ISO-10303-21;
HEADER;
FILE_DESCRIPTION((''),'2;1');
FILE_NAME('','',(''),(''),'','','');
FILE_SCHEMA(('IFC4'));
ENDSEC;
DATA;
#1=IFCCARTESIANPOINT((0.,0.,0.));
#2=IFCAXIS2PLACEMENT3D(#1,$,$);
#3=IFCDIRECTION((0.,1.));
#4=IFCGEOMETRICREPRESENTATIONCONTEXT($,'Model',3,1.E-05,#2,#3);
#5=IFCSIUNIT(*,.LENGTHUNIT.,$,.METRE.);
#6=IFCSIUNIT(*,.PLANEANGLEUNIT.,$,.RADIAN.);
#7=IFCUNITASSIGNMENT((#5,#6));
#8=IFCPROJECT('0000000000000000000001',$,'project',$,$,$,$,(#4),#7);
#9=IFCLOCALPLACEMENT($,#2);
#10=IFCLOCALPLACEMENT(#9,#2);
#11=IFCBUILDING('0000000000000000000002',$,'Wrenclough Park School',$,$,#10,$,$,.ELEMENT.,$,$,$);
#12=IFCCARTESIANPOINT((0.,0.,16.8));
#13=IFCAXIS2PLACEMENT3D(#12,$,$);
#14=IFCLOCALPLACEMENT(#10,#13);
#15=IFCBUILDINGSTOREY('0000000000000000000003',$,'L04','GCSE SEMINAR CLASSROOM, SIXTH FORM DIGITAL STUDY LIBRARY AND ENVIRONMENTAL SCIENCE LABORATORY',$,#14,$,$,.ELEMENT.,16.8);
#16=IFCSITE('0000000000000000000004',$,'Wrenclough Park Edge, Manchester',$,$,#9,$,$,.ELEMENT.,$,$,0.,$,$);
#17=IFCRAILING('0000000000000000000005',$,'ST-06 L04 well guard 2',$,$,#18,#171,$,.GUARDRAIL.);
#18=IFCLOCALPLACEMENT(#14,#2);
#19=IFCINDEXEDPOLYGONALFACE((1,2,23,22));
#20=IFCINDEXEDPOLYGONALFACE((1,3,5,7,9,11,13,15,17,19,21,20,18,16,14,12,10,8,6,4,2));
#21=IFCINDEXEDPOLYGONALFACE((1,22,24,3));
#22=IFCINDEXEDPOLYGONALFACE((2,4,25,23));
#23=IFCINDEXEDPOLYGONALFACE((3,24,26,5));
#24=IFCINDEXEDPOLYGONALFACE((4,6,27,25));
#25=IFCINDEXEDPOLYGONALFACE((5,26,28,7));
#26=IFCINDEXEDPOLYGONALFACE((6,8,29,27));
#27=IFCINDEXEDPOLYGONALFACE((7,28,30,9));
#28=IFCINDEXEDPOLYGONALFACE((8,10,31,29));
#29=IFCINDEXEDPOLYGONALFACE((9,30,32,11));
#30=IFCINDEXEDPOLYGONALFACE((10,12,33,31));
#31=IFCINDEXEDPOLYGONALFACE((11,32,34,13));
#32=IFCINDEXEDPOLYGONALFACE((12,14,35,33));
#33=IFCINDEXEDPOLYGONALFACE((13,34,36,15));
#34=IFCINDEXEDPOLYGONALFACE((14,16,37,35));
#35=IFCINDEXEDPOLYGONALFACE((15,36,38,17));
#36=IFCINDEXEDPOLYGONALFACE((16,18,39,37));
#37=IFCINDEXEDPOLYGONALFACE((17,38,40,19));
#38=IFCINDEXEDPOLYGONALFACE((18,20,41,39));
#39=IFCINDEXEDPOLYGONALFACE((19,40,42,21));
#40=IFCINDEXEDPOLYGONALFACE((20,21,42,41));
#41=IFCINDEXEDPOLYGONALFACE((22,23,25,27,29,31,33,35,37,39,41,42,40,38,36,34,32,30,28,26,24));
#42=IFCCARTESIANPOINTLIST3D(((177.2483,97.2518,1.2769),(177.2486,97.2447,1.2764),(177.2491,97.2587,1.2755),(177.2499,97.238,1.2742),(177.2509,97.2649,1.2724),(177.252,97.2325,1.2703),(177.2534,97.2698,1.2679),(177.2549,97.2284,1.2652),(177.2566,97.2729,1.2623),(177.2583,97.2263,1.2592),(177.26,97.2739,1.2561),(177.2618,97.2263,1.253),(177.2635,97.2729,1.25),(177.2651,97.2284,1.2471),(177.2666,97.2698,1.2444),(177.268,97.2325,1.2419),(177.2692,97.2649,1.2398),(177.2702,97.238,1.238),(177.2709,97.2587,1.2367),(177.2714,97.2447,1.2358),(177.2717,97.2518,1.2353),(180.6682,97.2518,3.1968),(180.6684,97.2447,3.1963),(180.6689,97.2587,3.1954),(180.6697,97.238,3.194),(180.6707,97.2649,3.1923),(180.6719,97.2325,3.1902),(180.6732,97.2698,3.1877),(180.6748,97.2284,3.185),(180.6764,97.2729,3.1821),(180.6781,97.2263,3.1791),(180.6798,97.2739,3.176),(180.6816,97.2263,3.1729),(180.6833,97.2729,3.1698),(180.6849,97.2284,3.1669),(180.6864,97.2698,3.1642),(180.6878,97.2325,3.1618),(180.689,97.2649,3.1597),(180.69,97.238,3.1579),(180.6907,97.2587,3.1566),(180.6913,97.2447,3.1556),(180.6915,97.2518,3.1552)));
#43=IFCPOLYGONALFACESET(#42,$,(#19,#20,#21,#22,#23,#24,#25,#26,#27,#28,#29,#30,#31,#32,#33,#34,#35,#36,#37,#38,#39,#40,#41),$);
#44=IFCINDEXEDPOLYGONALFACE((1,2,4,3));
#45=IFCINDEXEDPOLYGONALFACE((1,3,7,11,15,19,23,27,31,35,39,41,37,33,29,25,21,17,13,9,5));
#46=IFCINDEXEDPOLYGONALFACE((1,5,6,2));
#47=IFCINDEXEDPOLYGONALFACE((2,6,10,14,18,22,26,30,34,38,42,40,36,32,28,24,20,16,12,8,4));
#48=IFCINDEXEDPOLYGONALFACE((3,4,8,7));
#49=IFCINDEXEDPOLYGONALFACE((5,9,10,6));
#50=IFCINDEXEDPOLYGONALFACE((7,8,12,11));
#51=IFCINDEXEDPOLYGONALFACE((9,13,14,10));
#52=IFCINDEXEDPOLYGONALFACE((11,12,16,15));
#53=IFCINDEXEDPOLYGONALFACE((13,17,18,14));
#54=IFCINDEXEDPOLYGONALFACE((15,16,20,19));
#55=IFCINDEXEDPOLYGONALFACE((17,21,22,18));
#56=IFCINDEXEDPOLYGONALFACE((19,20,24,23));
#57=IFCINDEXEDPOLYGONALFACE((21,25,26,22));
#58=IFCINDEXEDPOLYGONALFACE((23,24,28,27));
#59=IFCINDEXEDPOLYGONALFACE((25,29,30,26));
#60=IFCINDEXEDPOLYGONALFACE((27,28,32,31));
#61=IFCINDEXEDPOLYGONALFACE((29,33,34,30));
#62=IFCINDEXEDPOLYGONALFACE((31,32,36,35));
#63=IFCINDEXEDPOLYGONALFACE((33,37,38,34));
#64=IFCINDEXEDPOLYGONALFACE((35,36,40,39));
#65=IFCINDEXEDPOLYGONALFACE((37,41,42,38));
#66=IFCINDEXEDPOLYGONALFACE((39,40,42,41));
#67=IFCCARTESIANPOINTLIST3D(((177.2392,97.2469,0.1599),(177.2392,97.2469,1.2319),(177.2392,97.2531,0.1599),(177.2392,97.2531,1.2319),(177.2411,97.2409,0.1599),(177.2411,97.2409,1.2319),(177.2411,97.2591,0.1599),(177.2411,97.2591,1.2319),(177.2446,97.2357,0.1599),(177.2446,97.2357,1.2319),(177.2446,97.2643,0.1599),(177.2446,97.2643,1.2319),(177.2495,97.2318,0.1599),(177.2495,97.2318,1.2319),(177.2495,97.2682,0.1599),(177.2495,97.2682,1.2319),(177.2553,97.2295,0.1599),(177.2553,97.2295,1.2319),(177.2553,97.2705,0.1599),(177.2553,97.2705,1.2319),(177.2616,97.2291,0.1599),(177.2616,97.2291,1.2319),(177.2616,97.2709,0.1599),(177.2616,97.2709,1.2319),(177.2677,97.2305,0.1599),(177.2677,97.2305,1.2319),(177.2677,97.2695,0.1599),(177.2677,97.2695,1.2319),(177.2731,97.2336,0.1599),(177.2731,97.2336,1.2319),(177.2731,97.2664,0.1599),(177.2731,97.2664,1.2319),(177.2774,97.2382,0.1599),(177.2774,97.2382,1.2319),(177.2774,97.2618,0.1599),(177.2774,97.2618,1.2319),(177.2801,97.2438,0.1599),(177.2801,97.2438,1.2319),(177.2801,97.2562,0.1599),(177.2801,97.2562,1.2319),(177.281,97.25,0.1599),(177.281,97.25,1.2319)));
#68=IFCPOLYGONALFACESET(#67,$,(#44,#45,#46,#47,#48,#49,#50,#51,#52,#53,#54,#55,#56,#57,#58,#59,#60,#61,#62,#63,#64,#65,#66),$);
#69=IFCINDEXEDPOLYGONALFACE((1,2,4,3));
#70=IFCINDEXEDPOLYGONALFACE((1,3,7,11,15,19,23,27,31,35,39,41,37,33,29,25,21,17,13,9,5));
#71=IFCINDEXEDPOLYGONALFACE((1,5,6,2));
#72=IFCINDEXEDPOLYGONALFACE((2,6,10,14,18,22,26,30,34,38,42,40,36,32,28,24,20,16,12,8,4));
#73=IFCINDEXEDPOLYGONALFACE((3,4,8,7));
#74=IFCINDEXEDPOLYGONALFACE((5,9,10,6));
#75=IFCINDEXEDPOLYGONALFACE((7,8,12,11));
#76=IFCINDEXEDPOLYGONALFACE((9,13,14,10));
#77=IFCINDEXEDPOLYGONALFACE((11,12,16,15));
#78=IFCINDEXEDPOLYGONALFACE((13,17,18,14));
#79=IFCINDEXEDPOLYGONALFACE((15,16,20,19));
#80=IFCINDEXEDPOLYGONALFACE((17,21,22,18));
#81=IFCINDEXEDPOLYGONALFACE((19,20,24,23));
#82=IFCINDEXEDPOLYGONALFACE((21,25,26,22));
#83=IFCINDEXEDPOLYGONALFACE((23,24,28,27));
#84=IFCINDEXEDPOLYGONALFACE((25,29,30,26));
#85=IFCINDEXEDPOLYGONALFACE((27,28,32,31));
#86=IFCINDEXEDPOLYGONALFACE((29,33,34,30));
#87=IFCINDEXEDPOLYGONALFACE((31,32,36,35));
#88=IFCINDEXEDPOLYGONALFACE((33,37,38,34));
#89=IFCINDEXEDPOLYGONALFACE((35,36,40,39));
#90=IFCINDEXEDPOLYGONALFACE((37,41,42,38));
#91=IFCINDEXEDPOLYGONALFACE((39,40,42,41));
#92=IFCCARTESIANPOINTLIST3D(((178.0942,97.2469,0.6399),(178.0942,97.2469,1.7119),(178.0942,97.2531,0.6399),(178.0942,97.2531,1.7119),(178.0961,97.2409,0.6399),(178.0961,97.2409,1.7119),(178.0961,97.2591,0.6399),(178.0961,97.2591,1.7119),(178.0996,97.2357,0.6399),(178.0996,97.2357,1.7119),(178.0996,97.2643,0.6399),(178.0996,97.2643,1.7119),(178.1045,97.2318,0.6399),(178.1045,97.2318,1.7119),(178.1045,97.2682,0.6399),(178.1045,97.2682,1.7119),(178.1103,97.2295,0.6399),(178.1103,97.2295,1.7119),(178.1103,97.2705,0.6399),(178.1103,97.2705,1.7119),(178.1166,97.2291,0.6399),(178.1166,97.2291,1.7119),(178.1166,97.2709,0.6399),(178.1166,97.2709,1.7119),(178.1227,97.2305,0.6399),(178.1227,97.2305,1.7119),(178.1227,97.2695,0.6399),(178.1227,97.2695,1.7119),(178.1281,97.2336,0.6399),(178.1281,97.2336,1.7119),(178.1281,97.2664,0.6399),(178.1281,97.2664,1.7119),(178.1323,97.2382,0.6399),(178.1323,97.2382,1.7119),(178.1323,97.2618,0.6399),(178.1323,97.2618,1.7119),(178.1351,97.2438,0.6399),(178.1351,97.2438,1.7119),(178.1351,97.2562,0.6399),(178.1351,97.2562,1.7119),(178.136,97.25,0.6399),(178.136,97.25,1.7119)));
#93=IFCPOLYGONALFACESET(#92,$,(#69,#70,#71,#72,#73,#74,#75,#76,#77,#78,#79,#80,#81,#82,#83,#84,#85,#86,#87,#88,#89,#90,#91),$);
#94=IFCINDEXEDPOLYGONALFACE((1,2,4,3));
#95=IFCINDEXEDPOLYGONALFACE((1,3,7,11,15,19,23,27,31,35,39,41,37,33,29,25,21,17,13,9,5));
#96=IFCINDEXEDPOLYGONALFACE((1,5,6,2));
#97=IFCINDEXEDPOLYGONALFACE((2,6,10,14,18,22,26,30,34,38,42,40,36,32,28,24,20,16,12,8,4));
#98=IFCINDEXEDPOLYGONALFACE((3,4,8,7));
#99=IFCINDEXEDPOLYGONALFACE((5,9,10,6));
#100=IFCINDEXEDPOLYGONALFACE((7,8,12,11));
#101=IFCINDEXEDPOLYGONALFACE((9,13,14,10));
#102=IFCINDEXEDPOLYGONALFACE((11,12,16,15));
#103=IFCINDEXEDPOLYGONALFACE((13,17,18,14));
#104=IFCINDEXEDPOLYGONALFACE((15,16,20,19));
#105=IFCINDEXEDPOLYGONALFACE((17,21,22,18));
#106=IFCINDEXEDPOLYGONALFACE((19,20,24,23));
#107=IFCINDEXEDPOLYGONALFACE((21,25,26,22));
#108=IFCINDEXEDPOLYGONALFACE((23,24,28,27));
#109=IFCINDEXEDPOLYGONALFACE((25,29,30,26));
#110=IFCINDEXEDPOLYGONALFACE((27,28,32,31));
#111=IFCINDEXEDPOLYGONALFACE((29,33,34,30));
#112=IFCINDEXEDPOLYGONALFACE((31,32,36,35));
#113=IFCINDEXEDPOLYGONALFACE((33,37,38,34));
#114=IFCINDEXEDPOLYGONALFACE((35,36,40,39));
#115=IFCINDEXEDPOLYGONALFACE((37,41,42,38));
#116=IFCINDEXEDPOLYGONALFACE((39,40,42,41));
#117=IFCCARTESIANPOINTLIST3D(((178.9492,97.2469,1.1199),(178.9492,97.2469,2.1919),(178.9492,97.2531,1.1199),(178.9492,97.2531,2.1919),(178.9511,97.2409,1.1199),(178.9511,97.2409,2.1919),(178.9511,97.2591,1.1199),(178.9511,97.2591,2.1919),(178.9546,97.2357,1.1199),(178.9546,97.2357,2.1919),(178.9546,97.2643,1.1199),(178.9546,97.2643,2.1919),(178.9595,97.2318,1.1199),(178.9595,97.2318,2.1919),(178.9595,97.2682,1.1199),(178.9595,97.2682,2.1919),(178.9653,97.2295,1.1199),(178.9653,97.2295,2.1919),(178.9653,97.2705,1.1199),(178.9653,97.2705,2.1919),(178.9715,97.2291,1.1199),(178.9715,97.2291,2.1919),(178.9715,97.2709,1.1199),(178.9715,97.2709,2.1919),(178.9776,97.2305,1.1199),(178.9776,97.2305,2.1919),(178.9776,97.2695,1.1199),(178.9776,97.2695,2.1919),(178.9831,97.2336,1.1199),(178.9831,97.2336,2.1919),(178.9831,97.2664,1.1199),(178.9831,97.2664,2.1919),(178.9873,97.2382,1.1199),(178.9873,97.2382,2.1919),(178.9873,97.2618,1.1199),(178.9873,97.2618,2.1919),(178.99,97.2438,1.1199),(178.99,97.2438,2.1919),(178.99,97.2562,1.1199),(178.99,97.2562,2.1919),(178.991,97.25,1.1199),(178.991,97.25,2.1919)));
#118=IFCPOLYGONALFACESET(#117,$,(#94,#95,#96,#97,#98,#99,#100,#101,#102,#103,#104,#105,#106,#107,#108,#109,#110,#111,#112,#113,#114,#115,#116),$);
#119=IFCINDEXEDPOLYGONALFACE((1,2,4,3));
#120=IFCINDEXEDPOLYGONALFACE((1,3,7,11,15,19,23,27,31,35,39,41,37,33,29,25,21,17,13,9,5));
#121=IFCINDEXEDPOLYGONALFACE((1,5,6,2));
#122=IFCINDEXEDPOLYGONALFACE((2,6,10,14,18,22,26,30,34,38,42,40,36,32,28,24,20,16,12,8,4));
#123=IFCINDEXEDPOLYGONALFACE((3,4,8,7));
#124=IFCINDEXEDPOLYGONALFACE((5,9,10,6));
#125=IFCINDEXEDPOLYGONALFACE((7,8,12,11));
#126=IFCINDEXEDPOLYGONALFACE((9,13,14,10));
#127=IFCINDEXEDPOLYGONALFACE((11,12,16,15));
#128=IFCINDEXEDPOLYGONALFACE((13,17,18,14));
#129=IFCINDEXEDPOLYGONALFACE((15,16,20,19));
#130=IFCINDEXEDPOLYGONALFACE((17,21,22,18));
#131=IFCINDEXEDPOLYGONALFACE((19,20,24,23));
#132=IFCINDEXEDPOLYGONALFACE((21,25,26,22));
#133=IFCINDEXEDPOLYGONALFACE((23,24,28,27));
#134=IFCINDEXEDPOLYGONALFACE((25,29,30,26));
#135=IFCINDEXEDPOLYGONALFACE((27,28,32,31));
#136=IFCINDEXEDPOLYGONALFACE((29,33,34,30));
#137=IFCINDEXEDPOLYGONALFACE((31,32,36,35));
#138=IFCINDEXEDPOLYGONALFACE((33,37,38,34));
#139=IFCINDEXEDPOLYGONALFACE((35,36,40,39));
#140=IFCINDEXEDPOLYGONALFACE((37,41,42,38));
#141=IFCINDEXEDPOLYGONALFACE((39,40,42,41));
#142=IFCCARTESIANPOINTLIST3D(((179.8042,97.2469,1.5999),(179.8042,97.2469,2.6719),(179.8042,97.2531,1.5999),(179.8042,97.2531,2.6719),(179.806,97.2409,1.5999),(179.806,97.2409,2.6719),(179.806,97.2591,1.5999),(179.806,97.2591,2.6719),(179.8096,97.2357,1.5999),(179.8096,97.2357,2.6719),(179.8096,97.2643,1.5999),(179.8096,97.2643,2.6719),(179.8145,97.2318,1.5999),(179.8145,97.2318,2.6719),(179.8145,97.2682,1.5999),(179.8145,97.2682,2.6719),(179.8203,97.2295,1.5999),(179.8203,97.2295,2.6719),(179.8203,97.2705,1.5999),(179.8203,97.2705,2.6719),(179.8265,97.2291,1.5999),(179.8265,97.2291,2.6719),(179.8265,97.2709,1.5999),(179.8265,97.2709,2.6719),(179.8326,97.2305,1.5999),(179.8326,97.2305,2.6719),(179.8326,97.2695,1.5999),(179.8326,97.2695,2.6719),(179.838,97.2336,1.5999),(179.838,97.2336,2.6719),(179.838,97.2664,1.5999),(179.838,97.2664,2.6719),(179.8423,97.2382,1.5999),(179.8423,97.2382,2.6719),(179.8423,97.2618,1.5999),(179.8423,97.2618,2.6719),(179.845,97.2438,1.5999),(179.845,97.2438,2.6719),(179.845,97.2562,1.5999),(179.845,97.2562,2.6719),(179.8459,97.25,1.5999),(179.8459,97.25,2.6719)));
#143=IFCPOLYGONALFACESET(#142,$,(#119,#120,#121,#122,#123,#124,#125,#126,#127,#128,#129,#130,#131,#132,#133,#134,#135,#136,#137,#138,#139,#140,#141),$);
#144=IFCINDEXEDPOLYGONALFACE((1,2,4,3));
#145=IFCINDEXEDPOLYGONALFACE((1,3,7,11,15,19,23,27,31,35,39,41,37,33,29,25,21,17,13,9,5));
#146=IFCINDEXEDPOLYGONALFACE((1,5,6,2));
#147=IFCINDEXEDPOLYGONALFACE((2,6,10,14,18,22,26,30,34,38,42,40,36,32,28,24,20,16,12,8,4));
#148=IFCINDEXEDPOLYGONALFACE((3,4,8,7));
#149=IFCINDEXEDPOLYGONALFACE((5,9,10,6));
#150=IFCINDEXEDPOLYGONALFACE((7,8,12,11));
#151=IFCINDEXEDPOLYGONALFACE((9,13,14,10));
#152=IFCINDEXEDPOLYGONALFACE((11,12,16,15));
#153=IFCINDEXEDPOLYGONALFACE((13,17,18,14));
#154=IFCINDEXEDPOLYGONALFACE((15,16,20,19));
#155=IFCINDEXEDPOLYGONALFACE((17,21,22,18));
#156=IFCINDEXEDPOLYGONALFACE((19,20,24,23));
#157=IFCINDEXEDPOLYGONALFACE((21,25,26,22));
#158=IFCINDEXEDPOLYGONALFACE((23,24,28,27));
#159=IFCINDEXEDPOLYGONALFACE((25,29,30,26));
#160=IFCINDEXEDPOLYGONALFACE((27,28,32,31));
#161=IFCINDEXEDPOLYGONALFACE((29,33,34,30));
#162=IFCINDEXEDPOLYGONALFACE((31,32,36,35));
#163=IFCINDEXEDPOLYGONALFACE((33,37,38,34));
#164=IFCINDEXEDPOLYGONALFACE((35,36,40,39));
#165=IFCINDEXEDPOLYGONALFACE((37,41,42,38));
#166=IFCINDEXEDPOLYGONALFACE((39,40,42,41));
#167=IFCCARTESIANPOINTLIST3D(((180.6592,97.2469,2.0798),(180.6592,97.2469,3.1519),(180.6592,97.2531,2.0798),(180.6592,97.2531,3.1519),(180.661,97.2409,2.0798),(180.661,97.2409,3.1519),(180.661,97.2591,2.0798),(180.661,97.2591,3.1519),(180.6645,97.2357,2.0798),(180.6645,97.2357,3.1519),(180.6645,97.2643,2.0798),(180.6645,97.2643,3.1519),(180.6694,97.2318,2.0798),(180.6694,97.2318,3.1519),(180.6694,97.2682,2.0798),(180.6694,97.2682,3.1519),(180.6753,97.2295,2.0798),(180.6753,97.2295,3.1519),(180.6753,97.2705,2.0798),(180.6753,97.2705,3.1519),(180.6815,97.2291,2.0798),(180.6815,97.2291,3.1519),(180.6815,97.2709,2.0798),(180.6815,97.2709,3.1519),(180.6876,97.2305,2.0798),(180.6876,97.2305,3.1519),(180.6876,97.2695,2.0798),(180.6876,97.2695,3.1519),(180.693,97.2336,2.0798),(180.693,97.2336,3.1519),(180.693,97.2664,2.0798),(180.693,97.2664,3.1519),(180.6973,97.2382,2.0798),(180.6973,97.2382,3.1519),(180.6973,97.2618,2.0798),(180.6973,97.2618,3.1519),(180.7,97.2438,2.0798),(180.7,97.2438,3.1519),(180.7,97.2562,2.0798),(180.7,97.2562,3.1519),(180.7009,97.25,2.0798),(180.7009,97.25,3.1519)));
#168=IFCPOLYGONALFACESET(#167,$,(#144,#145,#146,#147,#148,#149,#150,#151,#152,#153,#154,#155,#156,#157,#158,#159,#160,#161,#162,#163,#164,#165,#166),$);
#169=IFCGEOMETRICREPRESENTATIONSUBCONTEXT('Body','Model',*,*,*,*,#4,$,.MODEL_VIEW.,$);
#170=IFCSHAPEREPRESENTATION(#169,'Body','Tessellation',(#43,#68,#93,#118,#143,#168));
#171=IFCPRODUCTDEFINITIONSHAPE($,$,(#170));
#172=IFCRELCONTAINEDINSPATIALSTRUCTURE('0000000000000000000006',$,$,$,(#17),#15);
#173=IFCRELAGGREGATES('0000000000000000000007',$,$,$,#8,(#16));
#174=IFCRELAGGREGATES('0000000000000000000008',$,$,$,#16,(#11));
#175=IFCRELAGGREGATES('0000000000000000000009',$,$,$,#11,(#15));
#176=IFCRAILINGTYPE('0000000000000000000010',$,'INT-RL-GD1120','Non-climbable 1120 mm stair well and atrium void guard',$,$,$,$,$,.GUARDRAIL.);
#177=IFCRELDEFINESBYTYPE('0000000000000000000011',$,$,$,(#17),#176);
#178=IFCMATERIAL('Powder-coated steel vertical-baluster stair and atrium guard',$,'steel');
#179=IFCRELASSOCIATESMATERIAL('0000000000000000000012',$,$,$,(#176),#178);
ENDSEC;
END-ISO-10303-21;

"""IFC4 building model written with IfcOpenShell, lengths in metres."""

from ifc_helpers import new_model, si_unit, direction, frame, origin, origin_2d, place, context, subcontext, project, spatial, circle, extrude, material, type_object, element, save


model = new_model("IFC4")

# Units and contexts
model_context = context("Model", 3, precision=1e-05, world=origin(), true_north=direction((0.0, 1.0)))
body_context = subcontext(model_context, "Body", "Model", "MODEL_VIEW")
ifc_project = project(units=[si_unit("LENGTHUNIT", "METRE"), si_unit("PLANEANGLEUNIT", "RADIAN")], contexts=[model_context])

# Site, building, storey
site_placement = place(None, origin())
site = spatial("IfcSite", under=ifc_project, at=site_placement, Name="Wrenclough Park Edge, Manchester", CompositionType="ELEMENT", RefElevation=0.0)
building_placement = place(site_placement, origin())
building = spatial("IfcBuilding", under=site, at=building_placement, Name="Wrenclough Park School", CompositionType="ELEMENT")
storey_placement = place(building_placement, frame((0.0, 0.0, 16.8)))
storey = spatial("IfcBuildingStorey", under=building, at=storey_placement, Name="L04", Description="GCSE SEMINAR CLASSROOM, SIXTH FORM DIGITAL STUDY LIBRARY AND ENVIRONMENTAL SCIENCE LABORATORY", CompositionType="ELEMENT", Elevation=16.8)

# Railing
ifc_material_1 = material(Name="Powder-coated steel vertical-baluster stair and atrium guard", Category="steel")
railing_type_1 = type_object("IfcRailingType", Name="INT-RL-GD1120", Description="Non-climbable 1120 mm stair well and atrium void guard", PredefinedType="GUARDRAIL", material=ifc_material_1)
railing_1_placement = place(storey_placement, frame((177.26, 97.25, 0.1599)))
element("IfcRailing", 1, at=railing_1_placement, inside=storey, type_object=railing_type_1, Name="ST-06 L04 well guard 2", PredefinedType="GUARDRAIL", context=body_context, shape_type="SweptSolid", body=[
    extrude(circle(Radius=0.0239, at=origin_2d()), frame((0.0, 0.0, 1.0962), z_axis=(0.871988, 0.0, 0.489528), x_axis=(0.0, 1.0, 0.0)), (0.0, 0.0, 1.0), 3.9219),
    extrude(circle(Radius=0.021, at=origin_2d()), origin(), (0.0, 0.0, 1.0), 1.072),
    extrude(circle(Radius=0.021, at=origin_2d()), frame((0.855, 0.0, 0.48)), (0.0, 0.0, 1.0), 1.072),
    extrude(circle(Radius=0.021, at=origin_2d()), frame((1.71, 0.0, 0.96)), (0.0, 0.0, 1.0), 1.072),
    extrude(circle(Radius=0.021, at=origin_2d()), frame((2.5649, 0.0, 1.4399)), (0.0, 0.0, 1.0), 1.072),
    extrude(circle(Radius=0.021, at=origin_2d()), frame((3.4199, 0.0, 1.9199)), (0.0, 0.0, 1.0), 1.072),
])

save(model, "model.ifc")
